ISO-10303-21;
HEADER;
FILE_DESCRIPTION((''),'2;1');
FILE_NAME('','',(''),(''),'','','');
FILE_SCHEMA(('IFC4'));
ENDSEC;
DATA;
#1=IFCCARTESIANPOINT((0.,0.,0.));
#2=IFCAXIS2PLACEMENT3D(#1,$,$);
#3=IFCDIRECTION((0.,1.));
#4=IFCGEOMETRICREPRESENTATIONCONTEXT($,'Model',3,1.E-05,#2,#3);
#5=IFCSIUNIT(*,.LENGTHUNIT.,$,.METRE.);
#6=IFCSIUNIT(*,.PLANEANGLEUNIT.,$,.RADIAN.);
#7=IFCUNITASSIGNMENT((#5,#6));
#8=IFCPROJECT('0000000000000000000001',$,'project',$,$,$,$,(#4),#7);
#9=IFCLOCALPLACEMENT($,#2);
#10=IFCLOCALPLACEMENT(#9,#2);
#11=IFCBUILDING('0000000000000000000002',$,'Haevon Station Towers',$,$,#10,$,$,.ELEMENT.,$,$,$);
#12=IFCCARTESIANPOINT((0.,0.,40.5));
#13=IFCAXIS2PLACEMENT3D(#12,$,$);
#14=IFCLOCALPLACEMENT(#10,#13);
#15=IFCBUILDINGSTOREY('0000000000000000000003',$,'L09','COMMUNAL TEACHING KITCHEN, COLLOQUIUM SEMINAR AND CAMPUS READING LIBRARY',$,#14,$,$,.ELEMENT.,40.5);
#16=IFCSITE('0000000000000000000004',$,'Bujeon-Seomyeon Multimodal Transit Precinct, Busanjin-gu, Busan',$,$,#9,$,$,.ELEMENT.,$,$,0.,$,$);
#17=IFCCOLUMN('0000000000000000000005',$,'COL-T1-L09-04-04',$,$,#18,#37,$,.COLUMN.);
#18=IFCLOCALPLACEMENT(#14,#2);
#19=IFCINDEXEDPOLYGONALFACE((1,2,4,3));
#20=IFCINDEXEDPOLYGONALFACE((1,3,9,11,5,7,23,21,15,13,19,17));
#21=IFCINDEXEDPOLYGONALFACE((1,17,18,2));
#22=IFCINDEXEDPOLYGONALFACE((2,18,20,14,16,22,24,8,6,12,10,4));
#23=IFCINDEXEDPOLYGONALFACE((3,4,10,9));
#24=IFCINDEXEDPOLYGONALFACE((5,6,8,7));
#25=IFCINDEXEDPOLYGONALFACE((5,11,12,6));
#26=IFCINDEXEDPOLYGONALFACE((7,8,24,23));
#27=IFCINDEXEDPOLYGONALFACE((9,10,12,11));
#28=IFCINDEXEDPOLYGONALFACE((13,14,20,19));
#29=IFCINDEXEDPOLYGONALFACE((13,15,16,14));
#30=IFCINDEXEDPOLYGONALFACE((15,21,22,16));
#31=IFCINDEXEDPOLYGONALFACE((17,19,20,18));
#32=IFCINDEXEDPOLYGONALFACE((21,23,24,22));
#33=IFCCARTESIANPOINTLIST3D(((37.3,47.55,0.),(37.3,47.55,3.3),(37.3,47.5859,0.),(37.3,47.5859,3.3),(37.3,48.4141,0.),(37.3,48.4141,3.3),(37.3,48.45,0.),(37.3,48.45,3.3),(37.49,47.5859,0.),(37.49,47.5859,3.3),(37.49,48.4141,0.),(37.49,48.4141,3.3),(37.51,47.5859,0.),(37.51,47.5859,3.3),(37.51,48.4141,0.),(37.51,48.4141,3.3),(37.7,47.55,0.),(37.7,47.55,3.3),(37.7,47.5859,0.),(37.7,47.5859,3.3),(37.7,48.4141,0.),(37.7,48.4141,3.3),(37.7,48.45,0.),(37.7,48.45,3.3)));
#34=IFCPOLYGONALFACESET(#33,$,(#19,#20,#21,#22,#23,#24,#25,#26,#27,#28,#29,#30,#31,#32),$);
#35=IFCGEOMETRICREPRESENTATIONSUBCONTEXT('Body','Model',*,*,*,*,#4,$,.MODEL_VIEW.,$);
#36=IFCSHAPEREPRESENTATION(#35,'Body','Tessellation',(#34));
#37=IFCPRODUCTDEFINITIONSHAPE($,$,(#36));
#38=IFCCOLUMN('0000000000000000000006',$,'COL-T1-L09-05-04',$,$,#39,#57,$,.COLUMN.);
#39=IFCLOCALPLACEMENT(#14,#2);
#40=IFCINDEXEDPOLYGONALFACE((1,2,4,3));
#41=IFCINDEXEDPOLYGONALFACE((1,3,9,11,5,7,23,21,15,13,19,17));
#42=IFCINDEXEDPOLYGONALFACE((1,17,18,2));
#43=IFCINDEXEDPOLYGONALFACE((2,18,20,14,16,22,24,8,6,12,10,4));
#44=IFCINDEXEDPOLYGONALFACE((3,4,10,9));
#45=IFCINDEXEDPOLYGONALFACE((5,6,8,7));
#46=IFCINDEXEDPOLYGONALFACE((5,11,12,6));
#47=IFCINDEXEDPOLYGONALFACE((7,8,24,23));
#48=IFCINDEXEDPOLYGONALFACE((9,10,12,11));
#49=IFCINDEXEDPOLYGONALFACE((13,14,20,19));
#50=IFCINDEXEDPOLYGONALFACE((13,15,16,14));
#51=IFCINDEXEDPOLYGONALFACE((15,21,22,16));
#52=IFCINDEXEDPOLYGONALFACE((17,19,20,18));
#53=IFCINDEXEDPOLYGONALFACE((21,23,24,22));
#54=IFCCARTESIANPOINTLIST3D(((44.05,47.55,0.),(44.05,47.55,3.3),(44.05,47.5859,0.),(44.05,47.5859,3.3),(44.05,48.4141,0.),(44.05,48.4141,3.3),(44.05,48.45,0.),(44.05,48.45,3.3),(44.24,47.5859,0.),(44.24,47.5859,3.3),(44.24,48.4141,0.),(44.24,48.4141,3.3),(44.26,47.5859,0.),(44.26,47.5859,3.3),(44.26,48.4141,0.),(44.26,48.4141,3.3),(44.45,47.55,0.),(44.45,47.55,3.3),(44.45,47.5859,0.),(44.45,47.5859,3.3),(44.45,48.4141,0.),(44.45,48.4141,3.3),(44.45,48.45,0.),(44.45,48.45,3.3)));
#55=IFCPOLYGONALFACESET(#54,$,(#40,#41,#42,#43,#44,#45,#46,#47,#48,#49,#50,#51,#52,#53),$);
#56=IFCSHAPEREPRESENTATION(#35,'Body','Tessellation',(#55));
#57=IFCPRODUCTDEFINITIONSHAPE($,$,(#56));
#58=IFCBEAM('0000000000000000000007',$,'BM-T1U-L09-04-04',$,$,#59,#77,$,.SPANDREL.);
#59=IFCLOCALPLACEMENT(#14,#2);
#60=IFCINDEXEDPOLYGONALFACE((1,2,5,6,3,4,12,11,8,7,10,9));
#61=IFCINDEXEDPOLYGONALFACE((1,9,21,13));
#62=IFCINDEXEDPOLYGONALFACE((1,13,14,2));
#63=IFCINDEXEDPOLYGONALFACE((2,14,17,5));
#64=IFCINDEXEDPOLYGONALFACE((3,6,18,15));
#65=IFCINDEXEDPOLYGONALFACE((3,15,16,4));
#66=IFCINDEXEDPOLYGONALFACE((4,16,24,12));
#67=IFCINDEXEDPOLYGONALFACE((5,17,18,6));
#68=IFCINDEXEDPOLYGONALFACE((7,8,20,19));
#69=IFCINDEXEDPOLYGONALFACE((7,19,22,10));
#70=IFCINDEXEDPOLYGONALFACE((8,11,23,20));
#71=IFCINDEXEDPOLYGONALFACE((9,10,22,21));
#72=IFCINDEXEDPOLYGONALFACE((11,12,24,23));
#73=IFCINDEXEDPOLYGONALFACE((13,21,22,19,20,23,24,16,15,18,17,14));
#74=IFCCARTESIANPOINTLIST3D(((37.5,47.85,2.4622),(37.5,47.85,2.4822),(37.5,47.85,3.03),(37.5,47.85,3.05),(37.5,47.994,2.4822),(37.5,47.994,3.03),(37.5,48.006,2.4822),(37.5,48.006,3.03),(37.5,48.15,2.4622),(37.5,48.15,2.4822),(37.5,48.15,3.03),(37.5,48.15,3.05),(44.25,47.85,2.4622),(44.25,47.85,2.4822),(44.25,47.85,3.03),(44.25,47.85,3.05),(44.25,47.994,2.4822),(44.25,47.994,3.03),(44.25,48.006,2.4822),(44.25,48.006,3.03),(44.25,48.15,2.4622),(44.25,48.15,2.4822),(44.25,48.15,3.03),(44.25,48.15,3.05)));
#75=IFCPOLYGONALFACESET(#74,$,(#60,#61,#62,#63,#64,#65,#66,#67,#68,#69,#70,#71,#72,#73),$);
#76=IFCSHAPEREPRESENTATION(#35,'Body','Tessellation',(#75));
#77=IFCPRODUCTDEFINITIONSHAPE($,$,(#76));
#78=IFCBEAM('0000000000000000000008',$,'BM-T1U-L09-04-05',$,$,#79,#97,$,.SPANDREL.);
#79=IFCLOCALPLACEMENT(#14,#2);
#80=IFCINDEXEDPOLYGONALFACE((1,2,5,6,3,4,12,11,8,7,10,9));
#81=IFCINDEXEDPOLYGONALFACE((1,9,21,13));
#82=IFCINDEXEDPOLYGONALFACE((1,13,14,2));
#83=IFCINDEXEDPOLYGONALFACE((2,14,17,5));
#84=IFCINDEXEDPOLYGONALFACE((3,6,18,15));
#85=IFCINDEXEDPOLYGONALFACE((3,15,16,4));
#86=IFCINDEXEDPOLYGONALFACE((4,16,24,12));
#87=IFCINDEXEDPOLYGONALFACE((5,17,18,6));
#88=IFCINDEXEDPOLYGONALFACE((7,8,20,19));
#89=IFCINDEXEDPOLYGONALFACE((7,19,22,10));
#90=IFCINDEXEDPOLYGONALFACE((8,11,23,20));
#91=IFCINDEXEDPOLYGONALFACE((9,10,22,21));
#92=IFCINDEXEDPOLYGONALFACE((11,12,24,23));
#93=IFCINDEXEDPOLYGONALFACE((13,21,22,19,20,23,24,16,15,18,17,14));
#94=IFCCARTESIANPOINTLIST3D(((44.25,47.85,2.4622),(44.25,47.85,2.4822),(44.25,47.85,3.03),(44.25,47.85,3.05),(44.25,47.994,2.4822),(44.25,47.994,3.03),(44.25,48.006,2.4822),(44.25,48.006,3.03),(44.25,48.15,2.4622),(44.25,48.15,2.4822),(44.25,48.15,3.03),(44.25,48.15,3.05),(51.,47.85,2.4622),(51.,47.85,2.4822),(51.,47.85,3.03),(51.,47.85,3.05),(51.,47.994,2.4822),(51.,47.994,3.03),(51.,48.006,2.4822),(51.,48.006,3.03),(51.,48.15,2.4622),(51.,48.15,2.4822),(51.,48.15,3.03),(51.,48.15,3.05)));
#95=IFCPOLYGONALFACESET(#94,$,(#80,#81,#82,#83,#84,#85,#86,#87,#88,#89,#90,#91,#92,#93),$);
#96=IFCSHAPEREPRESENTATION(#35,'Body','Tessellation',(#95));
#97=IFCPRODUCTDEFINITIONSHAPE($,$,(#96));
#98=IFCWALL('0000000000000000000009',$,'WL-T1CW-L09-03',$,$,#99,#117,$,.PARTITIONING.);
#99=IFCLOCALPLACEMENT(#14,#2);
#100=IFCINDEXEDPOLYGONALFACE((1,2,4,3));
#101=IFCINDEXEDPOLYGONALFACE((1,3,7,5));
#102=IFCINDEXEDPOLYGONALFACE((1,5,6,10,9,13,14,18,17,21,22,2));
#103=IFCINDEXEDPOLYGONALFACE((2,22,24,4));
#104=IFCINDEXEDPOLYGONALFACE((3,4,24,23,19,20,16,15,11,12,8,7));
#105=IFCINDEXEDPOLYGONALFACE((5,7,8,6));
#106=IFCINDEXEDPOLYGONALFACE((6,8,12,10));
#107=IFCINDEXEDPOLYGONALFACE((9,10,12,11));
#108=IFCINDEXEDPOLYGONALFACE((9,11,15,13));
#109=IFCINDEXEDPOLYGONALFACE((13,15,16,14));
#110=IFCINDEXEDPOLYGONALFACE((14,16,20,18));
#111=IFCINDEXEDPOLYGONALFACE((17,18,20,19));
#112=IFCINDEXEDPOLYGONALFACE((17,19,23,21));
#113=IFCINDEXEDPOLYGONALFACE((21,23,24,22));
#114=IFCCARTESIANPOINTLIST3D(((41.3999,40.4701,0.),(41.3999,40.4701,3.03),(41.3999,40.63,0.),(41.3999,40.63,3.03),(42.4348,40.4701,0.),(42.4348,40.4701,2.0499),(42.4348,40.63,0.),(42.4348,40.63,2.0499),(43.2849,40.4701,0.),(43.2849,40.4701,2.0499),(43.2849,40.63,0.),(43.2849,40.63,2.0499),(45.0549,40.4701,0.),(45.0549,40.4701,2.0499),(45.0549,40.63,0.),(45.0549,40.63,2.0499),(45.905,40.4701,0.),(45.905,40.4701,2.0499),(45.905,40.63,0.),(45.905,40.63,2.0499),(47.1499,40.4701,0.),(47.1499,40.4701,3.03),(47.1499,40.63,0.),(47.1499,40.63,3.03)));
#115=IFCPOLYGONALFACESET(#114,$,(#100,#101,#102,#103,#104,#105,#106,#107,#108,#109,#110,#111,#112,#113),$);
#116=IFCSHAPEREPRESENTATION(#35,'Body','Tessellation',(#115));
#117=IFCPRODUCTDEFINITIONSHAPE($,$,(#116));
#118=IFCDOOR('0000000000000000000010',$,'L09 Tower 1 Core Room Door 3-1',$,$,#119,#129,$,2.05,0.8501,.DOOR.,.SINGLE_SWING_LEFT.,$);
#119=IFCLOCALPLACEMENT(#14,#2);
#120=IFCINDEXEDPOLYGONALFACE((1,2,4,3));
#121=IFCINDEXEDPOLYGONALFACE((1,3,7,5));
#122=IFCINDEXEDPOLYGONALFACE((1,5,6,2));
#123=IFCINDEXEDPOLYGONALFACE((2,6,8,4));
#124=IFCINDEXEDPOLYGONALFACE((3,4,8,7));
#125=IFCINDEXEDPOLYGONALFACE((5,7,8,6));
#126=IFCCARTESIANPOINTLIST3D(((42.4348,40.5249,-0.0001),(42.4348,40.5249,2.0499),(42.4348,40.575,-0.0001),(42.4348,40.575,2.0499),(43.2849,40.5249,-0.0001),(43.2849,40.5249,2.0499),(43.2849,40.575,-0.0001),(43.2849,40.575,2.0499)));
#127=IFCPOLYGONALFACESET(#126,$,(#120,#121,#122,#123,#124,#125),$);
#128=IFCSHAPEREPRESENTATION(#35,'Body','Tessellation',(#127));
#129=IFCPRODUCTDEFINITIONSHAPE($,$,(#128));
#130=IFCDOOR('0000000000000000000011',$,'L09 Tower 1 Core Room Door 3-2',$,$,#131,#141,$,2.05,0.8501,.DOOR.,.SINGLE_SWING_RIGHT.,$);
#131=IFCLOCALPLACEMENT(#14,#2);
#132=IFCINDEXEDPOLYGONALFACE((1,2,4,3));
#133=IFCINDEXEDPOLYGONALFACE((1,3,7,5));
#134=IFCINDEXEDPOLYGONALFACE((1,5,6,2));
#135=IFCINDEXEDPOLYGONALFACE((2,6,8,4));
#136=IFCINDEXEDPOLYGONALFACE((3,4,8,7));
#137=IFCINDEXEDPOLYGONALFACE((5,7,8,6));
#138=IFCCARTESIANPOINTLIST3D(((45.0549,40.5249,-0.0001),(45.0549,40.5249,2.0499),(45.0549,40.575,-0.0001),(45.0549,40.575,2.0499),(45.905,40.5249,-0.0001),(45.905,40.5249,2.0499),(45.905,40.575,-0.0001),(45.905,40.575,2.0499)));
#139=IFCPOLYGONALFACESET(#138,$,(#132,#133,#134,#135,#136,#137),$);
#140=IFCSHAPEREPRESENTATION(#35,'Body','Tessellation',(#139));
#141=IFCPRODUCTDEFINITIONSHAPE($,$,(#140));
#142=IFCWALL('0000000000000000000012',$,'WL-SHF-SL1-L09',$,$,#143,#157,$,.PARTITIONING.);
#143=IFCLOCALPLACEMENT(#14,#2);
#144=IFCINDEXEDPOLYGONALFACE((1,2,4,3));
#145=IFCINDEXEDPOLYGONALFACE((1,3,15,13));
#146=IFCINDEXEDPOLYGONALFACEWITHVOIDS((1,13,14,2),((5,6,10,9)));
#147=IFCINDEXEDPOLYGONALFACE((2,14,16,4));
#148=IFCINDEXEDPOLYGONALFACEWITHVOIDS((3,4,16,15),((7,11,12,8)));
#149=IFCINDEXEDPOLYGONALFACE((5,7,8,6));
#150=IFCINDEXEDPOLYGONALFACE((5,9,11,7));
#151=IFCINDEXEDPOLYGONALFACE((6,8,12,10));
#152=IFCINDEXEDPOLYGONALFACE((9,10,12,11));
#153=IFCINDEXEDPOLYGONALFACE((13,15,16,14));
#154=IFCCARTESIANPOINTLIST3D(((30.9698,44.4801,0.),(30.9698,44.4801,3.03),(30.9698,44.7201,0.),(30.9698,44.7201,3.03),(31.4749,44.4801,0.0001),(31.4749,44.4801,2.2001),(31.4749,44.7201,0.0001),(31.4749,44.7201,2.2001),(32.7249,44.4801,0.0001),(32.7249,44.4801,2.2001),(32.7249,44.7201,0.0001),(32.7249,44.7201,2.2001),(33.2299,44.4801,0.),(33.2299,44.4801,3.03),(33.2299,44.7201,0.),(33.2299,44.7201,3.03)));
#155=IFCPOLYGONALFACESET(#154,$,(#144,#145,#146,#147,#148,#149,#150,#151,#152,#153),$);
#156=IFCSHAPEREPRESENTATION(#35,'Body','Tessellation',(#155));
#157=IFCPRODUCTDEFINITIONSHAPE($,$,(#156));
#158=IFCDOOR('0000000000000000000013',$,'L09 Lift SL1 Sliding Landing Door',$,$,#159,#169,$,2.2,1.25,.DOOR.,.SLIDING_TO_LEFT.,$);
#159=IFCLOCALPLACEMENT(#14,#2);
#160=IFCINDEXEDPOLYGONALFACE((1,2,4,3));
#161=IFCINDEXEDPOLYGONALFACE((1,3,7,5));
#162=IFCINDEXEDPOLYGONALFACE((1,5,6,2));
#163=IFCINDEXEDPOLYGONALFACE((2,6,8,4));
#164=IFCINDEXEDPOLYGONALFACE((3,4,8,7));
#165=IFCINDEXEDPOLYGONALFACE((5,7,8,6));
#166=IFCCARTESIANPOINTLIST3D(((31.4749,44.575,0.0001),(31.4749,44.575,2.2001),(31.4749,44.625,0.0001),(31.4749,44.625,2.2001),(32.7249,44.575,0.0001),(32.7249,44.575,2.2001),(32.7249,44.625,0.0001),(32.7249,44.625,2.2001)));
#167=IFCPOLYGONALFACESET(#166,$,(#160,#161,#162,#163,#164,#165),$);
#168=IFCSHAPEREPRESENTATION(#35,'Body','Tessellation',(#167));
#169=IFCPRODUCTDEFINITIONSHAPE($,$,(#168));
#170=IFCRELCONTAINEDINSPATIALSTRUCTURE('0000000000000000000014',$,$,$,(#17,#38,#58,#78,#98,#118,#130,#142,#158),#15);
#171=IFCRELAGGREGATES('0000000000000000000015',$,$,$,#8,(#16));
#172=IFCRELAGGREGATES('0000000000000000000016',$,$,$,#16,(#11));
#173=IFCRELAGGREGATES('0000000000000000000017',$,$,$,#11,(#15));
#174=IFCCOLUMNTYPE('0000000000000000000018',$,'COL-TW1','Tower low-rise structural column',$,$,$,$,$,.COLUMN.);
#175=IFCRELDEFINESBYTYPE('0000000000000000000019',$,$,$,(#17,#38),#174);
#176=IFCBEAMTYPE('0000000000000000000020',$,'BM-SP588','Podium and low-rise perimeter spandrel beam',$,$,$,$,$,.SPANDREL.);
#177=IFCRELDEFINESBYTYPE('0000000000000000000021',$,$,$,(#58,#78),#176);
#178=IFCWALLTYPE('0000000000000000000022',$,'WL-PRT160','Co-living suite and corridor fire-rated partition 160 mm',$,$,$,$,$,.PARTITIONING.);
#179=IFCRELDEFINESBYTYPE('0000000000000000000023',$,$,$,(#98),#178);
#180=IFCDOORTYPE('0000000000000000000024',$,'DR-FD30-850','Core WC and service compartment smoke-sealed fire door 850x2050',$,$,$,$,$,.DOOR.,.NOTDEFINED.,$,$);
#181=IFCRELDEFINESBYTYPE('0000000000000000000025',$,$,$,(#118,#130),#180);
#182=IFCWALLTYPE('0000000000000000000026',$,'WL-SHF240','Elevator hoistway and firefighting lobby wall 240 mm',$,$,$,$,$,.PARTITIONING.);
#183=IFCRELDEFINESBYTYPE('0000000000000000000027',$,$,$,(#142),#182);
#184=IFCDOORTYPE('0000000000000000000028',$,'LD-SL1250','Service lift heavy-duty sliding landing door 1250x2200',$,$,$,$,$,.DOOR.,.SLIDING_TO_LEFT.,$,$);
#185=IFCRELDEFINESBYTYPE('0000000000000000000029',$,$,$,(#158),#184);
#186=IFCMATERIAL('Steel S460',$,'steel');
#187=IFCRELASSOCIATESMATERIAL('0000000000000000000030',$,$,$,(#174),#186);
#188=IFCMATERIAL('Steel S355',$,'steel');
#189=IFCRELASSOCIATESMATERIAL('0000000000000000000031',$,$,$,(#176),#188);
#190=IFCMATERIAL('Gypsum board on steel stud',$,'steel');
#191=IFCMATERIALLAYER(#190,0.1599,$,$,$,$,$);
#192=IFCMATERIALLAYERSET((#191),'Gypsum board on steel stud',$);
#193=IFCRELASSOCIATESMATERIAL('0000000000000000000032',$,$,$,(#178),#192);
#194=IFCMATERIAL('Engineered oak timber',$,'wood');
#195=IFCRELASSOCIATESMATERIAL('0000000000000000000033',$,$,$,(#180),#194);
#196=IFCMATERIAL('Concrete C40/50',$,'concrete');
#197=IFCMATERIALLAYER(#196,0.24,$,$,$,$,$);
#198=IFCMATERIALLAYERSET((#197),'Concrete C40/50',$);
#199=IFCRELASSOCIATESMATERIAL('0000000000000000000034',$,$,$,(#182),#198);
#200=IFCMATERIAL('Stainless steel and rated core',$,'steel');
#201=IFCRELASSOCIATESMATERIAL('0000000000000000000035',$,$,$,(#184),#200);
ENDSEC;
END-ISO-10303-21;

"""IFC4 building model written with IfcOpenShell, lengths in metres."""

from ifc_helpers import new_model, si_unit, direction, frame, frame_2d, origin, origin_2d, place, context, subcontext, project, spatial, rectangle, i_section, extrude, material, layer, layer_set, material_profile, profile_set, type_object, element, fill, save


model = new_model("IFC4")

# Units and contexts
model_context = context("Model", 3, precision=1e-05, world=origin(), true_north=direction((0.0, 1.0)))
body_context = subcontext(model_context, "Body", "Model", "MODEL_VIEW")
ifc_project = project(units=[si_unit("LENGTHUNIT", "METRE"), si_unit("PLANEANGLEUNIT", "RADIAN")], contexts=[model_context])

# Site, building, storey
site_placement = place(None, origin())
site = spatial("IfcSite", under=ifc_project, at=site_placement, Name="Bujeon-Seomyeon Multimodal Transit Precinct, Busanjin-gu, Busan", CompositionType="ELEMENT", RefElevation=0.0)
building_placement = place(site_placement, origin())
building = spatial("IfcBuilding", under=site, at=building_placement, Name="Haevon Station Towers", CompositionType="ELEMENT")
storey_placement = place(building_placement, frame((0.0, 0.0, 40.5)))
storey = spatial("IfcBuildingStorey", under=building, at=storey_placement, Name="L09", Description="COMMUNAL TEACHING KITCHEN, COLLOQUIUM SEMINAR AND CAMPUS READING LIBRARY", CompositionType="ELEMENT", Elevation=40.5)

# Columns
ifc_material_1 = material(Name="Steel S460", Category="steel")
ifc_material_profile_1 = material_profile(ifc_material_1, i_section(OverallWidth=0.3999, OverallDepth=0.8999, WebThickness=0.02, FlangeThickness=0.0359, at=origin_2d()), Name="H-900x400x20x36")
ifc_profile_set_1 = profile_set([ifc_material_profile_1], Name="Steel S460")
column_type = type_object("IfcColumnType", Name="COL-TW1", Description="Tower low-rise structural column", PredefinedType="COLUMN", material=ifc_profile_set_1)
for number, where, z_axis, x_axis, name in (
    (1, (37.5, 48.0, 0.0), (0.0, 0.0, 1.0), (1.0, 0.0, 0.0), "COL-T1-L09-04-04"),
    (2, (44.25, 48.0, 0.0), (0.0, 0.0, 1.0), (1.0, 0.0, 0.0), "COL-T1-L09-05-04"),
):
    element("IfcColumn", number, at=place(storey_placement, frame(where, z_axis=z_axis, x_axis=x_axis)), inside=storey, type_object=column_type, Name=name, PredefinedType="COLUMN", context=body_context, shape_type="SweptSolid", body=[
        extrude(i_section(OverallWidth=0.3999, OverallDepth=0.8999, WebThickness=0.02, FlangeThickness=0.0359, at=origin_2d()), origin(), (0.0, 0.0, 1.0), 3.3),
    ])

# Beams
ifc_material_2 = material(Name="Steel S355", Category="steel")
ifc_material_profile_2 = material_profile(ifc_material_2, i_section(OverallWidth=0.3, OverallDepth=0.5879, WebThickness=0.012, FlangeThickness=0.02, at=origin_2d()), Name="H-588x300x12x20")
ifc_profile_set_2 = profile_set([ifc_material_profile_2], Name="Steel S355")
beam_type = type_object("IfcBeamType", Name="BM-SP588", Description="Podium and low-rise perimeter spandrel beam", PredefinedType="SPANDREL", material=ifc_profile_set_2)
for number, where, z_axis, x_axis, name in (
    (3, (37.5, 48.0, 2.7561), (1.0, 0.0, 0.0), (0.0, 1.0, 0.0), "BM-T1U-L09-04-04"),
    (4, (44.25, 48.0, 2.7561), (1.0, 0.0, 0.0), (0.0, 1.0, 0.0), "BM-T1U-L09-04-05"),
):
    element("IfcBeam", number, at=place(storey_placement, frame(where, z_axis=z_axis, x_axis=x_axis)), inside=storey, type_object=beam_type, Name=name, PredefinedType="SPANDREL", context=body_context, shape_type="SweptSolid", body=[
        extrude(i_section(OverallWidth=0.3, OverallDepth=0.5879, WebThickness=0.012, FlangeThickness=0.02, at=origin_2d()), origin(), (0.0, 0.0, 1.0), 6.75),
    ])

# Wall, openings, doors
ifc_material_3 = material(Name="Gypsum board on steel stud", Category="steel")
ifc_layer_1 = layer(ifc_material_3, 0.1599)
ifc_layer_set_1 = layer_set([ifc_layer_1], Name="Gypsum board on steel stud")
wall_type_1 = type_object("IfcWallType", Name="WL-PRT160", Description="Co-living suite and corridor fire-rated partition 160 mm", PredefinedType="PARTITIONING", material=ifc_layer_set_1)
wall_1_placement = place(storey_placement, frame((41.3999, 40.55, 0.0), z_axis=(0.0, 0.0, 1.0), x_axis=(1.0, 0.0, 0.0)))
wall_1 = element("IfcWall", 5, at=wall_1_placement, inside=storey, type_object=wall_type_1, Name="WL-T1CW-L09-03", PredefinedType="PARTITIONING", context=body_context, shape_type="SweptSolid", body=[
    extrude(rectangle(XDim=5.75, YDim=0.1599, at=frame_2d((2.875, 0.0))), origin(), (0.0, 0.0, 1.0), 3.03),
])
opening_1_placement = place(wall_1_placement, frame((1.0349, 0.0, 0.0)))
opening_1 = element("IfcOpeningElement", 6, at=opening_1_placement, cuts=wall_1, PredefinedType="OPENING", context=body_context, shape_type="SweptSolid", body=[
    extrude(rectangle(XDim=0.8501, YDim=2.05, at=frame_2d((0.425, 1.0249))), frame((0.0, 0.0898, 0.0), z_axis=(0.0, -1.0, 0.0), x_axis=(1.0, 0.0, 0.0)), (0.0, 0.0, 1.0), 0.1799),
])
opening_2_placement = place(wall_1_placement, frame((3.655, 0.0, 0.0)))
opening_2 = element("IfcOpeningElement", 7, at=opening_2_placement, cuts=wall_1, PredefinedType="OPENING", context=body_context, shape_type="SweptSolid", body=[
    extrude(rectangle(XDim=0.8501, YDim=2.05, at=frame_2d((0.425, 1.0249))), frame((0.0, 0.0898, 0.0), z_axis=(0.0, -1.0, 0.0), x_axis=(1.0, 0.0, 0.0)), (0.0, 0.0, 1.0), 0.1799),
])
ifc_material_4 = material(Name="Engineered oak timber", Category="wood")
door_type_1 = type_object("IfcDoorType", Name="DR-FD30-850", Description="Core WC and service compartment smoke-sealed fire door 850x2050", OperationType="NOTDEFINED", PredefinedType="DOOR", material=ifc_material_4)
door_1_placement = place(opening_1_placement, origin())
door_1 = element("IfcDoor", 8, at=door_1_placement, inside=storey, type_object=door_type_1, Name="L09 Tower 1 Core Room Door 3-1", OperationType="SINGLE_SWING_LEFT", OverallHeight=2.05, OverallWidth=0.8501, PredefinedType="DOOR", context=body_context, shape_type="SweptSolid", body=[
    extrude(rectangle(XDim=0.8501, YDim=2.05, at=frame_2d((0.425, 1.0249))), frame((0.0, 0.0249, 0.0), z_axis=(0.0, -1.0, 0.0), x_axis=(1.0, 0.0, 0.0)), (0.0, 0.0, 1.0), 0.05),
])
fill(opening_1, door_1)
door_2_placement = place(opening_2_placement, origin())
door_2 = element("IfcDoor", 9, at=door_2_placement, inside=storey, type_object=door_type_1, Name="L09 Tower 1 Core Room Door 3-2", OperationType="SINGLE_SWING_RIGHT", OverallHeight=2.05, OverallWidth=0.8501, PredefinedType="DOOR", context=body_context, shape_type="SweptSolid", body=[
    extrude(rectangle(XDim=0.8501, YDim=2.05, at=frame_2d((0.425, 1.0249))), frame((0.0, 0.0249, 0.0), z_axis=(0.0, -1.0, 0.0), x_axis=(1.0, 0.0, 0.0)), (0.0, 0.0, 1.0), 0.05),
])
fill(opening_2, door_2)

# Wall, opening, door
ifc_material_5 = material(Name="Concrete C40/50", Category="concrete")
ifc_layer_2 = layer(ifc_material_5, 0.24)
ifc_layer_set_2 = layer_set([ifc_layer_2], Name="Concrete C40/50")
wall_type_2 = type_object("IfcWallType", Name="WL-SHF240", Description="Elevator hoistway and firefighting lobby wall 240 mm", PredefinedType="PARTITIONING", material=ifc_layer_set_2)
wall_2_placement = place(storey_placement, frame((30.97, 44.6001, 0.0), z_axis=(0.0, 0.0, 1.0), x_axis=(1.0, 0.0, 0.0)))
wall_2 = element("IfcWall", 10, at=wall_2_placement, inside=storey, type_object=wall_type_2, Name="WL-SHF-SL1-L09", PredefinedType="PARTITIONING", context=body_context, shape_type="SweptSolid", body=[
    extrude(rectangle(XDim=2.26, YDim=0.24, at=frame_2d((1.1299, 0.0))), origin(), (0.0, 0.0, 1.0), 3.03),
])
opening_3_placement = place(wall_2_placement, frame((0.5049, 0.0, 0.0)))
opening_3 = element("IfcOpeningElement", 11, at=opening_3_placement, cuts=wall_2, PredefinedType="OPENING", context=body_context, shape_type="SweptSolid", body=[
    extrude(rectangle(XDim=1.25, YDim=2.2, at=frame_2d((0.625, 1.1001))), frame((0.0, 0.1299, 0.0), z_axis=(0.0, -1.0, 0.0), x_axis=(1.0, 0.0, 0.0)), (0.0, 0.0, 1.0), 0.26),
])
ifc_material_6 = material(Name="Stainless steel and rated core", Category="steel")
door_type_2 = type_object("IfcDoorType", Name="LD-SL1250", Description="Service lift heavy-duty sliding landing door 1250x2200", OperationType="SLIDING_TO_LEFT", PredefinedType="DOOR", material=ifc_material_6)
door_3_placement = place(opening_3_placement, origin())
door_3 = element("IfcDoor", 12, at=door_3_placement, inside=storey, type_object=door_type_2, Name="L09 Lift SL1 Sliding Landing Door", OperationType="SLIDING_TO_LEFT", OverallHeight=2.2, OverallWidth=1.25, PredefinedType="DOOR", context=body_context, shape_type="SweptSolid", body=[
    extrude(rectangle(XDim=1.25, YDim=2.2, at=frame_2d((0.625, 1.1001))), frame((0.0, 0.0249, 0.0), z_axis=(0.0, -1.0, 0.0), x_axis=(1.0, 0.0, 0.0)), (0.0, 0.0, 1.0), 0.05),
])
fill(opening_3, door_3)

save(model, "model.ifc")
